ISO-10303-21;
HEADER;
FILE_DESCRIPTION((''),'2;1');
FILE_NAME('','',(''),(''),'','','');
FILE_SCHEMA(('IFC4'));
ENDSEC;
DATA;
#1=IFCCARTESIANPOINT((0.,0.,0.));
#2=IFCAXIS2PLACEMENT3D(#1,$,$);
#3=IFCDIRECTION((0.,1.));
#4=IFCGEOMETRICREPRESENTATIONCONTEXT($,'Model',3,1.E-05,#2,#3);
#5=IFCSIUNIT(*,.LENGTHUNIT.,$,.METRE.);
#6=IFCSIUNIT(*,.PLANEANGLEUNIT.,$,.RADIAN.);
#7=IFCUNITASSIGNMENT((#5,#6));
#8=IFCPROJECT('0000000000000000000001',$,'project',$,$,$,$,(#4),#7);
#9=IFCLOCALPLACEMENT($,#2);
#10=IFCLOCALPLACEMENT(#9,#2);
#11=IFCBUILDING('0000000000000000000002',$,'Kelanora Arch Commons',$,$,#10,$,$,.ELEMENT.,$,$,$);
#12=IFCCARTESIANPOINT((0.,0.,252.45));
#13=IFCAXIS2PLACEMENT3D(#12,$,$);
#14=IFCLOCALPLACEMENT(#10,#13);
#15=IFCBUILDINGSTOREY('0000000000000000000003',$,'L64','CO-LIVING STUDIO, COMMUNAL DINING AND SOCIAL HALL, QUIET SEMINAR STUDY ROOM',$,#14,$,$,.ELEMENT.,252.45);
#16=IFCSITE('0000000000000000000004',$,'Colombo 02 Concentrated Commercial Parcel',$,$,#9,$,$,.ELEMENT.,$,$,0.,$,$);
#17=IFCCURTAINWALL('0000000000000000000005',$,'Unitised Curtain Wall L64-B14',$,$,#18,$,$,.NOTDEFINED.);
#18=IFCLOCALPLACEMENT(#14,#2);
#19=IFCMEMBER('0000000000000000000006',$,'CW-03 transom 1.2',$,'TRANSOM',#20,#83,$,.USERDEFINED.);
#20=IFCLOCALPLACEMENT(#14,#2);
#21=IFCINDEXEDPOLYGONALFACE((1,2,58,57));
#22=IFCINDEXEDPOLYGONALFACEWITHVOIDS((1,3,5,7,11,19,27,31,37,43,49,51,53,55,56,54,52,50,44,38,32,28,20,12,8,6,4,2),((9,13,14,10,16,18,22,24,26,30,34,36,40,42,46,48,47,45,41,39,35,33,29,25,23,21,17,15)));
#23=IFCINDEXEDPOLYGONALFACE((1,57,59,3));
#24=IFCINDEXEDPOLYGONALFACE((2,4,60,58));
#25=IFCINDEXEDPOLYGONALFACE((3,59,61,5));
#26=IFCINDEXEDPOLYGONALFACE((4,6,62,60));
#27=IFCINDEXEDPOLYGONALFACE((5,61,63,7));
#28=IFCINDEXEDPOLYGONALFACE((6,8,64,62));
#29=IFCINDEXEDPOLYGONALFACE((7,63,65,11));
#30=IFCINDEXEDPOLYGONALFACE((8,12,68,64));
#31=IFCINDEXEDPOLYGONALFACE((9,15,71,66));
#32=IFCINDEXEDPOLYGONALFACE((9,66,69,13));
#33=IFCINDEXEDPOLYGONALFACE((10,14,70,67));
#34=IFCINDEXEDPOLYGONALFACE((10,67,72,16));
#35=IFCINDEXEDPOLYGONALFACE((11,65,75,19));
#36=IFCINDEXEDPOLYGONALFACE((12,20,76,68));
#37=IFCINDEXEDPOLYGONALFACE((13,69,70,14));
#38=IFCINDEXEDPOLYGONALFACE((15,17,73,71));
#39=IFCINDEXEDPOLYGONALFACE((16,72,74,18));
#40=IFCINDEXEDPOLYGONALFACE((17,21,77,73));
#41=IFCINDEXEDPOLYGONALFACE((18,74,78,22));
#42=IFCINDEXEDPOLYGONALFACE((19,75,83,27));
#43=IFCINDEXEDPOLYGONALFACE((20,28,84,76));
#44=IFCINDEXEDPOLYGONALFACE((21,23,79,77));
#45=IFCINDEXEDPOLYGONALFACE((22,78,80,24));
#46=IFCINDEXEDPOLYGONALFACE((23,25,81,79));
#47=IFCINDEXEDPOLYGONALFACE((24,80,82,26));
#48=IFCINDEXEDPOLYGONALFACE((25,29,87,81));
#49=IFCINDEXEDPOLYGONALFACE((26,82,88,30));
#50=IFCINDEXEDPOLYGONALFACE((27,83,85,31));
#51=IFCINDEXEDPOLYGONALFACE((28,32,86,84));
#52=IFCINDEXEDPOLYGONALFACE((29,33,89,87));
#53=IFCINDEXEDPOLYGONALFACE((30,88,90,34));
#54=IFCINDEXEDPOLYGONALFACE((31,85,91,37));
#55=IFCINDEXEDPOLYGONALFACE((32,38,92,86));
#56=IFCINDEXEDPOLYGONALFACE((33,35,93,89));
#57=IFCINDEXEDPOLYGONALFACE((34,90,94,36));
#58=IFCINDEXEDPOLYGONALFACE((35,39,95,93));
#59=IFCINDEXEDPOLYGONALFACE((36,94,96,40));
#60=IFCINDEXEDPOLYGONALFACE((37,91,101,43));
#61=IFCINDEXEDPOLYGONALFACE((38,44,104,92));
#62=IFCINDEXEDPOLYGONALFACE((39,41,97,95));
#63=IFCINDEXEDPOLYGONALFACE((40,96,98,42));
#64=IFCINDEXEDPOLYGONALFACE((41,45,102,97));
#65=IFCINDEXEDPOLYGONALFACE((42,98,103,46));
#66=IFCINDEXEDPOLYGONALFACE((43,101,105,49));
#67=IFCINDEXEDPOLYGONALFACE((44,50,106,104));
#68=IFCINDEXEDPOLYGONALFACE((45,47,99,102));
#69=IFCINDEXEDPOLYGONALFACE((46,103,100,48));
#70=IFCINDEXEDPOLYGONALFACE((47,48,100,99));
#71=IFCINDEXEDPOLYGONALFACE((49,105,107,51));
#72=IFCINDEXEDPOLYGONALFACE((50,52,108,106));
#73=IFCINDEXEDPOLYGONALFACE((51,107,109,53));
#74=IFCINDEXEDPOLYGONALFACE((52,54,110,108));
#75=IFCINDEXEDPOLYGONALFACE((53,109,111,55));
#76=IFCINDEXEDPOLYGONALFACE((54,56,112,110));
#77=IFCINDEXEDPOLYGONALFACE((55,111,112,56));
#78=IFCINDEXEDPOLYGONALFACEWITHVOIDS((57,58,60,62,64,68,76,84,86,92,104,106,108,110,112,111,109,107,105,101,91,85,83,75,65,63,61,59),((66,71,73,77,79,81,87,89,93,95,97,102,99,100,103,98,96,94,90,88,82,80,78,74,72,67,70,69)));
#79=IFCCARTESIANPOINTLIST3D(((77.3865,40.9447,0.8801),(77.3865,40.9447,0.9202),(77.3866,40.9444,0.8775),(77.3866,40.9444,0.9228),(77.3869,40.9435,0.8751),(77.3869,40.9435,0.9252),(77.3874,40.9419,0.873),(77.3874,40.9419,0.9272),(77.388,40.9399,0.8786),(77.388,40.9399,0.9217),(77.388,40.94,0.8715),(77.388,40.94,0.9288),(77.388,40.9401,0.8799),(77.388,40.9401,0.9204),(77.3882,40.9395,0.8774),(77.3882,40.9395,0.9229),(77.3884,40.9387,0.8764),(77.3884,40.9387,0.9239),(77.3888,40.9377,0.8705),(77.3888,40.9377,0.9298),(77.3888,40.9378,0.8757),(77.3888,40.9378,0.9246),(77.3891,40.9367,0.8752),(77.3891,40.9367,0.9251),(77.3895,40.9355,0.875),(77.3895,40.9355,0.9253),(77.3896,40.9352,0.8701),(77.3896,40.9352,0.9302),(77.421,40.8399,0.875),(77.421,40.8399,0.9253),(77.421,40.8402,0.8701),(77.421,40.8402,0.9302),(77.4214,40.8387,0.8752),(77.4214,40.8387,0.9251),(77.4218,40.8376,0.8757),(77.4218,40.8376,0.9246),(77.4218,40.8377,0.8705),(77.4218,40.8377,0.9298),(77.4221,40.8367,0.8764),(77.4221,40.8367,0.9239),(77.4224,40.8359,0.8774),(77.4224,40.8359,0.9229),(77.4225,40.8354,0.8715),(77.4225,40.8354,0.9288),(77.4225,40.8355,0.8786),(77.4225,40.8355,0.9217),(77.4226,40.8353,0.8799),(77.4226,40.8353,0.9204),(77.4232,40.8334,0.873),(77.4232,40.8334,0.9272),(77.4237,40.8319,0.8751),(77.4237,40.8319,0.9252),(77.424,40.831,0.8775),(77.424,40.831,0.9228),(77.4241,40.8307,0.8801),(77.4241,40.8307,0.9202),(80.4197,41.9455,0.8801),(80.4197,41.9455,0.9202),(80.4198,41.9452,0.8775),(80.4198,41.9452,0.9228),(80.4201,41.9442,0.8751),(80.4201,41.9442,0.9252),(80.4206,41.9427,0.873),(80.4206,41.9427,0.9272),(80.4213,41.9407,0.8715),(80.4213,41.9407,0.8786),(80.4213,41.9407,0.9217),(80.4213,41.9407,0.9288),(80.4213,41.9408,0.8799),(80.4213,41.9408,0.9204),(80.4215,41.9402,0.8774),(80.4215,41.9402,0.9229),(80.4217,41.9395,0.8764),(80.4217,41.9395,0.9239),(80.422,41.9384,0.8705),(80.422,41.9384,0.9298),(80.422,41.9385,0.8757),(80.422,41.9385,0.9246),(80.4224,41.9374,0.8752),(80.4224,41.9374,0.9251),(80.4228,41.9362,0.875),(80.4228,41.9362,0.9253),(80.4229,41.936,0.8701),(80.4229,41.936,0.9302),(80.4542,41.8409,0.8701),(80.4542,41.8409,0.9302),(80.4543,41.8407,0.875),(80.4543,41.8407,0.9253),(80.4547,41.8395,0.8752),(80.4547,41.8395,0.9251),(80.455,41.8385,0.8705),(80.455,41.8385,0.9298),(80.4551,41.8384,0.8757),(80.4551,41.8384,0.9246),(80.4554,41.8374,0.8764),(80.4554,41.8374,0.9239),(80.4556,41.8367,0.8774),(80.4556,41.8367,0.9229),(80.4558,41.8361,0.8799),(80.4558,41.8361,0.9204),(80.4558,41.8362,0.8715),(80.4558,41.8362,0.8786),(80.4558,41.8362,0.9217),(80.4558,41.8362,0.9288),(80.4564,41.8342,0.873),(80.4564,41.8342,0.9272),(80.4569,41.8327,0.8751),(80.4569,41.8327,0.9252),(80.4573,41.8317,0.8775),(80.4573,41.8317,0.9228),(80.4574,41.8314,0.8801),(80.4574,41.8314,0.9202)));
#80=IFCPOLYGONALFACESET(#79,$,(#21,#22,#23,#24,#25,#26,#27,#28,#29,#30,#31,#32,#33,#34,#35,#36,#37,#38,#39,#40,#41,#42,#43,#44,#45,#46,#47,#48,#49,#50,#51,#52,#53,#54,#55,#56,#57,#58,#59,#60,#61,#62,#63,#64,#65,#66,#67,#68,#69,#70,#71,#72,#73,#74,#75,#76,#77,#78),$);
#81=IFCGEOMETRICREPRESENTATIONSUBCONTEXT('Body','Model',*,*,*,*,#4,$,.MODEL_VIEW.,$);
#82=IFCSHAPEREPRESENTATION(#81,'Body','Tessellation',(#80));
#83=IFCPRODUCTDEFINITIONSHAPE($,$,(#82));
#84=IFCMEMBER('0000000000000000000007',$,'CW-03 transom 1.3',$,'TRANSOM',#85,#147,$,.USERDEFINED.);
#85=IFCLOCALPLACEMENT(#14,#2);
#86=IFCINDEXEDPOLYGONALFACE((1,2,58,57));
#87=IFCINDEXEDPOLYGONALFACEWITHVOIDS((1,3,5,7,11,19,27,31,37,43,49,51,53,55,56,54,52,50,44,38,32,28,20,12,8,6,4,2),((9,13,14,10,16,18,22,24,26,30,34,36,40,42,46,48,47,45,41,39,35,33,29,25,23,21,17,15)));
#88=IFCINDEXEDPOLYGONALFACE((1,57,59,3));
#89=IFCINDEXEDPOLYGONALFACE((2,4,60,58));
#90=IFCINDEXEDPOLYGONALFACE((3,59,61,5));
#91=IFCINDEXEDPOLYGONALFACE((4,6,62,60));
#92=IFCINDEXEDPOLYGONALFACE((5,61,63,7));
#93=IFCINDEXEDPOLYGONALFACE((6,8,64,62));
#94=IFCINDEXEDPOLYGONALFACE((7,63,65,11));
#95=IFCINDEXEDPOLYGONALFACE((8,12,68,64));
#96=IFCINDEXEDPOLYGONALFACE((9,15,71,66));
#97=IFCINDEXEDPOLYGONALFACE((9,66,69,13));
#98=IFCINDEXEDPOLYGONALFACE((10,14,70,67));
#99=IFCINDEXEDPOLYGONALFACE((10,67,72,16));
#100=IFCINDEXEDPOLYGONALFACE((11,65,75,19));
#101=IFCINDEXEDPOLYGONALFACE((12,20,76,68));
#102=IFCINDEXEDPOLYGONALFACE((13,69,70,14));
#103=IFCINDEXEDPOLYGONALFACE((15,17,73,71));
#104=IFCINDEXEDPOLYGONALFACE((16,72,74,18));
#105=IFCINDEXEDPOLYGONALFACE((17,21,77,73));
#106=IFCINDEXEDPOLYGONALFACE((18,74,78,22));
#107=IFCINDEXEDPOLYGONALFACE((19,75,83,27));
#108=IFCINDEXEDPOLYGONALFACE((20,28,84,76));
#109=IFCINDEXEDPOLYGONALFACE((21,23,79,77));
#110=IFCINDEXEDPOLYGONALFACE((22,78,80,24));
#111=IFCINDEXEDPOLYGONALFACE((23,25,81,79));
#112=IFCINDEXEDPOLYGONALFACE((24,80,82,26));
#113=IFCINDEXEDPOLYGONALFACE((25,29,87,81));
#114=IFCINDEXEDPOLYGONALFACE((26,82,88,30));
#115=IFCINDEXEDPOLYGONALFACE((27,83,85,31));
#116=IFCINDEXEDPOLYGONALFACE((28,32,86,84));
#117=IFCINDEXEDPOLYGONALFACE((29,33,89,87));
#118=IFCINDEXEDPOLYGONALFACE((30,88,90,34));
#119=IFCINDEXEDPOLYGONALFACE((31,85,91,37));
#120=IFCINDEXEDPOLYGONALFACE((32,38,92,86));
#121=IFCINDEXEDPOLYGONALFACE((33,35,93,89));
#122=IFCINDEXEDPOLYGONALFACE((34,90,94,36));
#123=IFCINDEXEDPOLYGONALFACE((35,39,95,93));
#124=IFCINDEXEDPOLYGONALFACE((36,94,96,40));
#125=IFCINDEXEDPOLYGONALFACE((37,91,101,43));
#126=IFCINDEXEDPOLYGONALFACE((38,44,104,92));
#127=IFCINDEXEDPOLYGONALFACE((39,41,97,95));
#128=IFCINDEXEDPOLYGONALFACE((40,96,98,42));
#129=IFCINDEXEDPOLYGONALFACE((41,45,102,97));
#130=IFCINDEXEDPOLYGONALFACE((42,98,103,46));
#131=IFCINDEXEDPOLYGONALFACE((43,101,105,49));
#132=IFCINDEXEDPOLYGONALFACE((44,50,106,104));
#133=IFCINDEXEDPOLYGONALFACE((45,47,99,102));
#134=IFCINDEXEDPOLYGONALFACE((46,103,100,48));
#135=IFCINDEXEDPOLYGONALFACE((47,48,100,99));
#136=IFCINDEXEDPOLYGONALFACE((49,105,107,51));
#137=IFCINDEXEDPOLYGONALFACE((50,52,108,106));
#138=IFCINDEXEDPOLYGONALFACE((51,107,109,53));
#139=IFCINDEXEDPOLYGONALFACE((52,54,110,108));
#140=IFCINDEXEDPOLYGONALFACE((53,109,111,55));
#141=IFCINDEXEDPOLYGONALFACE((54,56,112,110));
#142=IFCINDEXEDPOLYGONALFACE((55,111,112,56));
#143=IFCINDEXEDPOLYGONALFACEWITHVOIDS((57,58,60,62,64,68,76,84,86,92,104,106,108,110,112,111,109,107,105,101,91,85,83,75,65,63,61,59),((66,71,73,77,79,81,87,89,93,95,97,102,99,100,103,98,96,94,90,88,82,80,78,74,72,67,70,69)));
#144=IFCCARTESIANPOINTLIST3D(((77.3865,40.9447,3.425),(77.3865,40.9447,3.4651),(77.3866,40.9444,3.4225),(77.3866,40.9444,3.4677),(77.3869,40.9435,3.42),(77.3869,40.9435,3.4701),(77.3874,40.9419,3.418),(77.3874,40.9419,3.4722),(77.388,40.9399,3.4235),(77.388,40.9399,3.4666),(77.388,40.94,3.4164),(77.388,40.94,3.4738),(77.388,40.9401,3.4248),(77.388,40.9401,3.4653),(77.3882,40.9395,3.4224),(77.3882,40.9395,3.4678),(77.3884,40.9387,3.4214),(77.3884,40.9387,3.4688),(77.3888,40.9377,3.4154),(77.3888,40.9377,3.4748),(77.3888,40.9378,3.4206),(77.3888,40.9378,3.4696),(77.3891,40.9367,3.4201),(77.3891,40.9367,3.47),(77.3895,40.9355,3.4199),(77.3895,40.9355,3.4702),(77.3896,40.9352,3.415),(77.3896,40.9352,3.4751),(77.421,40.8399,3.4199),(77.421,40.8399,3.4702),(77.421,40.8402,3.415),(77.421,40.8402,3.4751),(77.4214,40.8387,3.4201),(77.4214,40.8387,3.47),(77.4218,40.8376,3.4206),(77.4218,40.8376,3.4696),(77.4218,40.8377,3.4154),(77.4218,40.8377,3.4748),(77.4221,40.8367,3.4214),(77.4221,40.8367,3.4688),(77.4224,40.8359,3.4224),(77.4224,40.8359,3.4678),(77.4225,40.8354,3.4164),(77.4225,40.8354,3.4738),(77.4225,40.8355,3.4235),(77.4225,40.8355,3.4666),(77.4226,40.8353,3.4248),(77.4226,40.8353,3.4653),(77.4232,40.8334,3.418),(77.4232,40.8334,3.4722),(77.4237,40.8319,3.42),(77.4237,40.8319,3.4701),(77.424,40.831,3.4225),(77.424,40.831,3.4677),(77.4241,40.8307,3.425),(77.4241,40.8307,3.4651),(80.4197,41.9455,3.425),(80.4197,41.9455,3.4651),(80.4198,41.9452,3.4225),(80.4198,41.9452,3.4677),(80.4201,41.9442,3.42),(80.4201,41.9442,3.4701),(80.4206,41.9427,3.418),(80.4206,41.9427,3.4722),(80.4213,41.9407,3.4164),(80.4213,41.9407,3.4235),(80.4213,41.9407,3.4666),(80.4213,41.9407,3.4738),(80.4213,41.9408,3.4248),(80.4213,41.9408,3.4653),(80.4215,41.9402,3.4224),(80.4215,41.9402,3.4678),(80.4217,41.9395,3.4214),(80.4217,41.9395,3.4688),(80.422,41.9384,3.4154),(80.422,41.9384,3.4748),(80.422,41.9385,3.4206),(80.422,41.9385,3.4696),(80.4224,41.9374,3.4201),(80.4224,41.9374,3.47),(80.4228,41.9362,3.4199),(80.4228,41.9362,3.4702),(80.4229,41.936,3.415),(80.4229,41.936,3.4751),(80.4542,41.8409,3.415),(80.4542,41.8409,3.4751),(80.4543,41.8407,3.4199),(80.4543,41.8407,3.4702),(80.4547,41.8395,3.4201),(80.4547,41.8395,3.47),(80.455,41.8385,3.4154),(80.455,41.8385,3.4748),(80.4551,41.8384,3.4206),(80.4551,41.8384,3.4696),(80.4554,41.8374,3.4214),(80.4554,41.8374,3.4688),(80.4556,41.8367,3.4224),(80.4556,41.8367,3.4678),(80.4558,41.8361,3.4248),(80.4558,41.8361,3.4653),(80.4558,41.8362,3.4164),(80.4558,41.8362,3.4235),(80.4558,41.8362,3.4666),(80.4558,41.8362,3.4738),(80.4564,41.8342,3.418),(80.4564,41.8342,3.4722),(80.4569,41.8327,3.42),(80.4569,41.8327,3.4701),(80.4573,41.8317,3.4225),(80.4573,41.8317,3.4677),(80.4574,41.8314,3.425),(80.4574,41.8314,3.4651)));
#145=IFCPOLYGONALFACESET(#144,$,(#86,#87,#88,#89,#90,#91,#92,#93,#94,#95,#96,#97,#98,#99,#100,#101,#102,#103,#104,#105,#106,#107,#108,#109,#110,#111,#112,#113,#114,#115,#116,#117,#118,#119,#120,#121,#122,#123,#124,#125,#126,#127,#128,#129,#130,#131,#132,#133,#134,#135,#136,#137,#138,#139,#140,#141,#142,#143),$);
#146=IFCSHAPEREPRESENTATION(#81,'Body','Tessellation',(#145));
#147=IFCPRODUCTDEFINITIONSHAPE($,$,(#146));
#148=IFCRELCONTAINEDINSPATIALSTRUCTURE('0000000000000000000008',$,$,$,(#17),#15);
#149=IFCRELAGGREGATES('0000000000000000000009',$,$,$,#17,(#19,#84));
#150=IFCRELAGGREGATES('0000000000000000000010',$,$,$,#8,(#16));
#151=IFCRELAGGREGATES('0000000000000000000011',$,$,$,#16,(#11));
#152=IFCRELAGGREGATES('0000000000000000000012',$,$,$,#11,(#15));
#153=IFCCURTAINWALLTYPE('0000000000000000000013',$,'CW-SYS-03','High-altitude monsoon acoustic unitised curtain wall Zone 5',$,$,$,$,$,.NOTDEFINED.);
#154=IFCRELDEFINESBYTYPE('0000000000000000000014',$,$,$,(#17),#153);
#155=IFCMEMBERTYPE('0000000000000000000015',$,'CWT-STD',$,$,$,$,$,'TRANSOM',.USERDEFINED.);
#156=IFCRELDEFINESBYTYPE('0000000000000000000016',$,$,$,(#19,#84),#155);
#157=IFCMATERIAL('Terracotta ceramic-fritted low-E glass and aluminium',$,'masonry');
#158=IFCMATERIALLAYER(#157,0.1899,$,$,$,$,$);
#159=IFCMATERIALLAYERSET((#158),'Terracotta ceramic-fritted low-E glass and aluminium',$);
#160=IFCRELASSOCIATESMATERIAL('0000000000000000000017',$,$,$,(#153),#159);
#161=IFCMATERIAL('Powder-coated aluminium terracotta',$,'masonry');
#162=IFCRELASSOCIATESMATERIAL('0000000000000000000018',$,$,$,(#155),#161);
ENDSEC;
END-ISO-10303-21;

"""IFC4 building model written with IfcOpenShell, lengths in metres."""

from ifc_helpers import new_model, si_unit, direction, frame, origin, origin_2d, place, context, subcontext, project, spatial, hollow_rectangle, extrude, material, layer, layer_set, material_profile, profile_set, type_object, element, aggregate, save


model = new_model("IFC4")

# Units and contexts
model_context = context("Model", 3, precision=1e-05, world=origin(), true_north=direction((0.0, 1.0)))
body_context = subcontext(model_context, "Body", "Model", "MODEL_VIEW")
ifc_project = project(units=[si_unit("LENGTHUNIT", "METRE"), si_unit("PLANEANGLEUNIT", "RADIAN")], contexts=[model_context])

# Site, building, storey
site_placement = place(None, origin())
site = spatial("IfcSite", under=ifc_project, at=site_placement, Name="Colombo 02 Concentrated Commercial Parcel", CompositionType="ELEMENT", RefElevation=0.0)
building_placement = place(site_placement, origin())
building = spatial("IfcBuilding", under=site, at=building_placement, Name="Kelanora Arch Commons", CompositionType="ELEMENT")
storey_placement = place(building_placement, frame((0.0, 0.0, 252.45)))
storey = spatial("IfcBuildingStorey", under=building, at=storey_placement, Name="L64", Description="CO-LIVING STUDIO, COMMUNAL DINING AND SOCIAL HALL, QUIET SEMINAR STUDY ROOM", CompositionType="ELEMENT", Elevation=252.45)

# Curtain wall, members
ifc_material_1 = material(Name="Terracotta ceramic-fritted low-E glass and aluminium", Category="masonry")
ifc_layer_1 = layer(ifc_material_1, 0.1899)
ifc_layer_set_1 = layer_set([ifc_layer_1], Name="Terracotta ceramic-fritted low-E glass and aluminium")
curtain_wall_type = type_object("IfcCurtainWallType", Name="CW-SYS-03", Description="High-altitude monsoon acoustic unitised curtain wall Zone 5", PredefinedType="NOTDEFINED", material=ifc_layer_set_1)
curtain_wall_placement = place(storey_placement, origin())
curtain_wall = element("IfcCurtainWall", 1, at=curtain_wall_placement, inside=storey, type_object=curtain_wall_type, Name="Unitised Curtain Wall L64-B14", PredefinedType="NOTDEFINED")
ifc_material_2 = material(Name="Powder-coated aluminium terracotta", Category="masonry")
ifc_material_profile_1 = material_profile(ifc_material_2, hollow_rectangle(XDim=0.1201, YDim=0.0601, WallThickness=0.0049, InnerFilletRadius=0.0049, OuterFilletRadius=0.01, at=origin_2d()), Name="CWT120x60")
ifc_profile_set_1 = profile_set([ifc_material_profile_1], Name="Powder-coated aluminium terracotta")
member_type_1 = type_object("IfcMemberType", Name="CWT-STD", ElementType="TRANSOM", PredefinedType="USERDEFINED", material=ifc_profile_set_1)
member_1_placement = place(storey_placement, frame((77.4053, 40.8877, 0.9001), z_axis=(0.94965, 0.313314, 0.0), x_axis=(-0.313314, 0.94965, 0.0)))
member_1 = element("IfcMember", 2, at=member_1_placement, type_object=member_type_1, Name="CW-03 transom 1.2", ObjectType="TRANSOM", PredefinedType="USERDEFINED", context=body_context, shape_type="SweptSolid", body=[
    extrude(hollow_rectangle(XDim=0.1201, YDim=0.0601, WallThickness=0.0049, InnerFilletRadius=0.0049, OuterFilletRadius=0.01, at=origin_2d()), origin(), (0.0, 0.0, 1.0), 3.1941),
])
member_2_placement = place(storey_placement, frame((77.4053, 40.8877, 3.4451), z_axis=(0.94965, 0.313314, 0.0), x_axis=(-0.313314, 0.94965, 0.0)))
member_2 = element("IfcMember", 3, at=member_2_placement, type_object=member_type_1, Name="CW-03 transom 1.3", ObjectType="TRANSOM", PredefinedType="USERDEFINED", context=body_context, shape_type="SweptSolid", body=[
    extrude(hollow_rectangle(XDim=0.1201, YDim=0.0601, WallThickness=0.0049, InnerFilletRadius=0.0049, OuterFilletRadius=0.01, at=origin_2d()), origin(), (0.0, 0.0, 1.0), 3.1941),
])
aggregate(curtain_wall, [member_1, member_2])

save(model, "model.ifc")
